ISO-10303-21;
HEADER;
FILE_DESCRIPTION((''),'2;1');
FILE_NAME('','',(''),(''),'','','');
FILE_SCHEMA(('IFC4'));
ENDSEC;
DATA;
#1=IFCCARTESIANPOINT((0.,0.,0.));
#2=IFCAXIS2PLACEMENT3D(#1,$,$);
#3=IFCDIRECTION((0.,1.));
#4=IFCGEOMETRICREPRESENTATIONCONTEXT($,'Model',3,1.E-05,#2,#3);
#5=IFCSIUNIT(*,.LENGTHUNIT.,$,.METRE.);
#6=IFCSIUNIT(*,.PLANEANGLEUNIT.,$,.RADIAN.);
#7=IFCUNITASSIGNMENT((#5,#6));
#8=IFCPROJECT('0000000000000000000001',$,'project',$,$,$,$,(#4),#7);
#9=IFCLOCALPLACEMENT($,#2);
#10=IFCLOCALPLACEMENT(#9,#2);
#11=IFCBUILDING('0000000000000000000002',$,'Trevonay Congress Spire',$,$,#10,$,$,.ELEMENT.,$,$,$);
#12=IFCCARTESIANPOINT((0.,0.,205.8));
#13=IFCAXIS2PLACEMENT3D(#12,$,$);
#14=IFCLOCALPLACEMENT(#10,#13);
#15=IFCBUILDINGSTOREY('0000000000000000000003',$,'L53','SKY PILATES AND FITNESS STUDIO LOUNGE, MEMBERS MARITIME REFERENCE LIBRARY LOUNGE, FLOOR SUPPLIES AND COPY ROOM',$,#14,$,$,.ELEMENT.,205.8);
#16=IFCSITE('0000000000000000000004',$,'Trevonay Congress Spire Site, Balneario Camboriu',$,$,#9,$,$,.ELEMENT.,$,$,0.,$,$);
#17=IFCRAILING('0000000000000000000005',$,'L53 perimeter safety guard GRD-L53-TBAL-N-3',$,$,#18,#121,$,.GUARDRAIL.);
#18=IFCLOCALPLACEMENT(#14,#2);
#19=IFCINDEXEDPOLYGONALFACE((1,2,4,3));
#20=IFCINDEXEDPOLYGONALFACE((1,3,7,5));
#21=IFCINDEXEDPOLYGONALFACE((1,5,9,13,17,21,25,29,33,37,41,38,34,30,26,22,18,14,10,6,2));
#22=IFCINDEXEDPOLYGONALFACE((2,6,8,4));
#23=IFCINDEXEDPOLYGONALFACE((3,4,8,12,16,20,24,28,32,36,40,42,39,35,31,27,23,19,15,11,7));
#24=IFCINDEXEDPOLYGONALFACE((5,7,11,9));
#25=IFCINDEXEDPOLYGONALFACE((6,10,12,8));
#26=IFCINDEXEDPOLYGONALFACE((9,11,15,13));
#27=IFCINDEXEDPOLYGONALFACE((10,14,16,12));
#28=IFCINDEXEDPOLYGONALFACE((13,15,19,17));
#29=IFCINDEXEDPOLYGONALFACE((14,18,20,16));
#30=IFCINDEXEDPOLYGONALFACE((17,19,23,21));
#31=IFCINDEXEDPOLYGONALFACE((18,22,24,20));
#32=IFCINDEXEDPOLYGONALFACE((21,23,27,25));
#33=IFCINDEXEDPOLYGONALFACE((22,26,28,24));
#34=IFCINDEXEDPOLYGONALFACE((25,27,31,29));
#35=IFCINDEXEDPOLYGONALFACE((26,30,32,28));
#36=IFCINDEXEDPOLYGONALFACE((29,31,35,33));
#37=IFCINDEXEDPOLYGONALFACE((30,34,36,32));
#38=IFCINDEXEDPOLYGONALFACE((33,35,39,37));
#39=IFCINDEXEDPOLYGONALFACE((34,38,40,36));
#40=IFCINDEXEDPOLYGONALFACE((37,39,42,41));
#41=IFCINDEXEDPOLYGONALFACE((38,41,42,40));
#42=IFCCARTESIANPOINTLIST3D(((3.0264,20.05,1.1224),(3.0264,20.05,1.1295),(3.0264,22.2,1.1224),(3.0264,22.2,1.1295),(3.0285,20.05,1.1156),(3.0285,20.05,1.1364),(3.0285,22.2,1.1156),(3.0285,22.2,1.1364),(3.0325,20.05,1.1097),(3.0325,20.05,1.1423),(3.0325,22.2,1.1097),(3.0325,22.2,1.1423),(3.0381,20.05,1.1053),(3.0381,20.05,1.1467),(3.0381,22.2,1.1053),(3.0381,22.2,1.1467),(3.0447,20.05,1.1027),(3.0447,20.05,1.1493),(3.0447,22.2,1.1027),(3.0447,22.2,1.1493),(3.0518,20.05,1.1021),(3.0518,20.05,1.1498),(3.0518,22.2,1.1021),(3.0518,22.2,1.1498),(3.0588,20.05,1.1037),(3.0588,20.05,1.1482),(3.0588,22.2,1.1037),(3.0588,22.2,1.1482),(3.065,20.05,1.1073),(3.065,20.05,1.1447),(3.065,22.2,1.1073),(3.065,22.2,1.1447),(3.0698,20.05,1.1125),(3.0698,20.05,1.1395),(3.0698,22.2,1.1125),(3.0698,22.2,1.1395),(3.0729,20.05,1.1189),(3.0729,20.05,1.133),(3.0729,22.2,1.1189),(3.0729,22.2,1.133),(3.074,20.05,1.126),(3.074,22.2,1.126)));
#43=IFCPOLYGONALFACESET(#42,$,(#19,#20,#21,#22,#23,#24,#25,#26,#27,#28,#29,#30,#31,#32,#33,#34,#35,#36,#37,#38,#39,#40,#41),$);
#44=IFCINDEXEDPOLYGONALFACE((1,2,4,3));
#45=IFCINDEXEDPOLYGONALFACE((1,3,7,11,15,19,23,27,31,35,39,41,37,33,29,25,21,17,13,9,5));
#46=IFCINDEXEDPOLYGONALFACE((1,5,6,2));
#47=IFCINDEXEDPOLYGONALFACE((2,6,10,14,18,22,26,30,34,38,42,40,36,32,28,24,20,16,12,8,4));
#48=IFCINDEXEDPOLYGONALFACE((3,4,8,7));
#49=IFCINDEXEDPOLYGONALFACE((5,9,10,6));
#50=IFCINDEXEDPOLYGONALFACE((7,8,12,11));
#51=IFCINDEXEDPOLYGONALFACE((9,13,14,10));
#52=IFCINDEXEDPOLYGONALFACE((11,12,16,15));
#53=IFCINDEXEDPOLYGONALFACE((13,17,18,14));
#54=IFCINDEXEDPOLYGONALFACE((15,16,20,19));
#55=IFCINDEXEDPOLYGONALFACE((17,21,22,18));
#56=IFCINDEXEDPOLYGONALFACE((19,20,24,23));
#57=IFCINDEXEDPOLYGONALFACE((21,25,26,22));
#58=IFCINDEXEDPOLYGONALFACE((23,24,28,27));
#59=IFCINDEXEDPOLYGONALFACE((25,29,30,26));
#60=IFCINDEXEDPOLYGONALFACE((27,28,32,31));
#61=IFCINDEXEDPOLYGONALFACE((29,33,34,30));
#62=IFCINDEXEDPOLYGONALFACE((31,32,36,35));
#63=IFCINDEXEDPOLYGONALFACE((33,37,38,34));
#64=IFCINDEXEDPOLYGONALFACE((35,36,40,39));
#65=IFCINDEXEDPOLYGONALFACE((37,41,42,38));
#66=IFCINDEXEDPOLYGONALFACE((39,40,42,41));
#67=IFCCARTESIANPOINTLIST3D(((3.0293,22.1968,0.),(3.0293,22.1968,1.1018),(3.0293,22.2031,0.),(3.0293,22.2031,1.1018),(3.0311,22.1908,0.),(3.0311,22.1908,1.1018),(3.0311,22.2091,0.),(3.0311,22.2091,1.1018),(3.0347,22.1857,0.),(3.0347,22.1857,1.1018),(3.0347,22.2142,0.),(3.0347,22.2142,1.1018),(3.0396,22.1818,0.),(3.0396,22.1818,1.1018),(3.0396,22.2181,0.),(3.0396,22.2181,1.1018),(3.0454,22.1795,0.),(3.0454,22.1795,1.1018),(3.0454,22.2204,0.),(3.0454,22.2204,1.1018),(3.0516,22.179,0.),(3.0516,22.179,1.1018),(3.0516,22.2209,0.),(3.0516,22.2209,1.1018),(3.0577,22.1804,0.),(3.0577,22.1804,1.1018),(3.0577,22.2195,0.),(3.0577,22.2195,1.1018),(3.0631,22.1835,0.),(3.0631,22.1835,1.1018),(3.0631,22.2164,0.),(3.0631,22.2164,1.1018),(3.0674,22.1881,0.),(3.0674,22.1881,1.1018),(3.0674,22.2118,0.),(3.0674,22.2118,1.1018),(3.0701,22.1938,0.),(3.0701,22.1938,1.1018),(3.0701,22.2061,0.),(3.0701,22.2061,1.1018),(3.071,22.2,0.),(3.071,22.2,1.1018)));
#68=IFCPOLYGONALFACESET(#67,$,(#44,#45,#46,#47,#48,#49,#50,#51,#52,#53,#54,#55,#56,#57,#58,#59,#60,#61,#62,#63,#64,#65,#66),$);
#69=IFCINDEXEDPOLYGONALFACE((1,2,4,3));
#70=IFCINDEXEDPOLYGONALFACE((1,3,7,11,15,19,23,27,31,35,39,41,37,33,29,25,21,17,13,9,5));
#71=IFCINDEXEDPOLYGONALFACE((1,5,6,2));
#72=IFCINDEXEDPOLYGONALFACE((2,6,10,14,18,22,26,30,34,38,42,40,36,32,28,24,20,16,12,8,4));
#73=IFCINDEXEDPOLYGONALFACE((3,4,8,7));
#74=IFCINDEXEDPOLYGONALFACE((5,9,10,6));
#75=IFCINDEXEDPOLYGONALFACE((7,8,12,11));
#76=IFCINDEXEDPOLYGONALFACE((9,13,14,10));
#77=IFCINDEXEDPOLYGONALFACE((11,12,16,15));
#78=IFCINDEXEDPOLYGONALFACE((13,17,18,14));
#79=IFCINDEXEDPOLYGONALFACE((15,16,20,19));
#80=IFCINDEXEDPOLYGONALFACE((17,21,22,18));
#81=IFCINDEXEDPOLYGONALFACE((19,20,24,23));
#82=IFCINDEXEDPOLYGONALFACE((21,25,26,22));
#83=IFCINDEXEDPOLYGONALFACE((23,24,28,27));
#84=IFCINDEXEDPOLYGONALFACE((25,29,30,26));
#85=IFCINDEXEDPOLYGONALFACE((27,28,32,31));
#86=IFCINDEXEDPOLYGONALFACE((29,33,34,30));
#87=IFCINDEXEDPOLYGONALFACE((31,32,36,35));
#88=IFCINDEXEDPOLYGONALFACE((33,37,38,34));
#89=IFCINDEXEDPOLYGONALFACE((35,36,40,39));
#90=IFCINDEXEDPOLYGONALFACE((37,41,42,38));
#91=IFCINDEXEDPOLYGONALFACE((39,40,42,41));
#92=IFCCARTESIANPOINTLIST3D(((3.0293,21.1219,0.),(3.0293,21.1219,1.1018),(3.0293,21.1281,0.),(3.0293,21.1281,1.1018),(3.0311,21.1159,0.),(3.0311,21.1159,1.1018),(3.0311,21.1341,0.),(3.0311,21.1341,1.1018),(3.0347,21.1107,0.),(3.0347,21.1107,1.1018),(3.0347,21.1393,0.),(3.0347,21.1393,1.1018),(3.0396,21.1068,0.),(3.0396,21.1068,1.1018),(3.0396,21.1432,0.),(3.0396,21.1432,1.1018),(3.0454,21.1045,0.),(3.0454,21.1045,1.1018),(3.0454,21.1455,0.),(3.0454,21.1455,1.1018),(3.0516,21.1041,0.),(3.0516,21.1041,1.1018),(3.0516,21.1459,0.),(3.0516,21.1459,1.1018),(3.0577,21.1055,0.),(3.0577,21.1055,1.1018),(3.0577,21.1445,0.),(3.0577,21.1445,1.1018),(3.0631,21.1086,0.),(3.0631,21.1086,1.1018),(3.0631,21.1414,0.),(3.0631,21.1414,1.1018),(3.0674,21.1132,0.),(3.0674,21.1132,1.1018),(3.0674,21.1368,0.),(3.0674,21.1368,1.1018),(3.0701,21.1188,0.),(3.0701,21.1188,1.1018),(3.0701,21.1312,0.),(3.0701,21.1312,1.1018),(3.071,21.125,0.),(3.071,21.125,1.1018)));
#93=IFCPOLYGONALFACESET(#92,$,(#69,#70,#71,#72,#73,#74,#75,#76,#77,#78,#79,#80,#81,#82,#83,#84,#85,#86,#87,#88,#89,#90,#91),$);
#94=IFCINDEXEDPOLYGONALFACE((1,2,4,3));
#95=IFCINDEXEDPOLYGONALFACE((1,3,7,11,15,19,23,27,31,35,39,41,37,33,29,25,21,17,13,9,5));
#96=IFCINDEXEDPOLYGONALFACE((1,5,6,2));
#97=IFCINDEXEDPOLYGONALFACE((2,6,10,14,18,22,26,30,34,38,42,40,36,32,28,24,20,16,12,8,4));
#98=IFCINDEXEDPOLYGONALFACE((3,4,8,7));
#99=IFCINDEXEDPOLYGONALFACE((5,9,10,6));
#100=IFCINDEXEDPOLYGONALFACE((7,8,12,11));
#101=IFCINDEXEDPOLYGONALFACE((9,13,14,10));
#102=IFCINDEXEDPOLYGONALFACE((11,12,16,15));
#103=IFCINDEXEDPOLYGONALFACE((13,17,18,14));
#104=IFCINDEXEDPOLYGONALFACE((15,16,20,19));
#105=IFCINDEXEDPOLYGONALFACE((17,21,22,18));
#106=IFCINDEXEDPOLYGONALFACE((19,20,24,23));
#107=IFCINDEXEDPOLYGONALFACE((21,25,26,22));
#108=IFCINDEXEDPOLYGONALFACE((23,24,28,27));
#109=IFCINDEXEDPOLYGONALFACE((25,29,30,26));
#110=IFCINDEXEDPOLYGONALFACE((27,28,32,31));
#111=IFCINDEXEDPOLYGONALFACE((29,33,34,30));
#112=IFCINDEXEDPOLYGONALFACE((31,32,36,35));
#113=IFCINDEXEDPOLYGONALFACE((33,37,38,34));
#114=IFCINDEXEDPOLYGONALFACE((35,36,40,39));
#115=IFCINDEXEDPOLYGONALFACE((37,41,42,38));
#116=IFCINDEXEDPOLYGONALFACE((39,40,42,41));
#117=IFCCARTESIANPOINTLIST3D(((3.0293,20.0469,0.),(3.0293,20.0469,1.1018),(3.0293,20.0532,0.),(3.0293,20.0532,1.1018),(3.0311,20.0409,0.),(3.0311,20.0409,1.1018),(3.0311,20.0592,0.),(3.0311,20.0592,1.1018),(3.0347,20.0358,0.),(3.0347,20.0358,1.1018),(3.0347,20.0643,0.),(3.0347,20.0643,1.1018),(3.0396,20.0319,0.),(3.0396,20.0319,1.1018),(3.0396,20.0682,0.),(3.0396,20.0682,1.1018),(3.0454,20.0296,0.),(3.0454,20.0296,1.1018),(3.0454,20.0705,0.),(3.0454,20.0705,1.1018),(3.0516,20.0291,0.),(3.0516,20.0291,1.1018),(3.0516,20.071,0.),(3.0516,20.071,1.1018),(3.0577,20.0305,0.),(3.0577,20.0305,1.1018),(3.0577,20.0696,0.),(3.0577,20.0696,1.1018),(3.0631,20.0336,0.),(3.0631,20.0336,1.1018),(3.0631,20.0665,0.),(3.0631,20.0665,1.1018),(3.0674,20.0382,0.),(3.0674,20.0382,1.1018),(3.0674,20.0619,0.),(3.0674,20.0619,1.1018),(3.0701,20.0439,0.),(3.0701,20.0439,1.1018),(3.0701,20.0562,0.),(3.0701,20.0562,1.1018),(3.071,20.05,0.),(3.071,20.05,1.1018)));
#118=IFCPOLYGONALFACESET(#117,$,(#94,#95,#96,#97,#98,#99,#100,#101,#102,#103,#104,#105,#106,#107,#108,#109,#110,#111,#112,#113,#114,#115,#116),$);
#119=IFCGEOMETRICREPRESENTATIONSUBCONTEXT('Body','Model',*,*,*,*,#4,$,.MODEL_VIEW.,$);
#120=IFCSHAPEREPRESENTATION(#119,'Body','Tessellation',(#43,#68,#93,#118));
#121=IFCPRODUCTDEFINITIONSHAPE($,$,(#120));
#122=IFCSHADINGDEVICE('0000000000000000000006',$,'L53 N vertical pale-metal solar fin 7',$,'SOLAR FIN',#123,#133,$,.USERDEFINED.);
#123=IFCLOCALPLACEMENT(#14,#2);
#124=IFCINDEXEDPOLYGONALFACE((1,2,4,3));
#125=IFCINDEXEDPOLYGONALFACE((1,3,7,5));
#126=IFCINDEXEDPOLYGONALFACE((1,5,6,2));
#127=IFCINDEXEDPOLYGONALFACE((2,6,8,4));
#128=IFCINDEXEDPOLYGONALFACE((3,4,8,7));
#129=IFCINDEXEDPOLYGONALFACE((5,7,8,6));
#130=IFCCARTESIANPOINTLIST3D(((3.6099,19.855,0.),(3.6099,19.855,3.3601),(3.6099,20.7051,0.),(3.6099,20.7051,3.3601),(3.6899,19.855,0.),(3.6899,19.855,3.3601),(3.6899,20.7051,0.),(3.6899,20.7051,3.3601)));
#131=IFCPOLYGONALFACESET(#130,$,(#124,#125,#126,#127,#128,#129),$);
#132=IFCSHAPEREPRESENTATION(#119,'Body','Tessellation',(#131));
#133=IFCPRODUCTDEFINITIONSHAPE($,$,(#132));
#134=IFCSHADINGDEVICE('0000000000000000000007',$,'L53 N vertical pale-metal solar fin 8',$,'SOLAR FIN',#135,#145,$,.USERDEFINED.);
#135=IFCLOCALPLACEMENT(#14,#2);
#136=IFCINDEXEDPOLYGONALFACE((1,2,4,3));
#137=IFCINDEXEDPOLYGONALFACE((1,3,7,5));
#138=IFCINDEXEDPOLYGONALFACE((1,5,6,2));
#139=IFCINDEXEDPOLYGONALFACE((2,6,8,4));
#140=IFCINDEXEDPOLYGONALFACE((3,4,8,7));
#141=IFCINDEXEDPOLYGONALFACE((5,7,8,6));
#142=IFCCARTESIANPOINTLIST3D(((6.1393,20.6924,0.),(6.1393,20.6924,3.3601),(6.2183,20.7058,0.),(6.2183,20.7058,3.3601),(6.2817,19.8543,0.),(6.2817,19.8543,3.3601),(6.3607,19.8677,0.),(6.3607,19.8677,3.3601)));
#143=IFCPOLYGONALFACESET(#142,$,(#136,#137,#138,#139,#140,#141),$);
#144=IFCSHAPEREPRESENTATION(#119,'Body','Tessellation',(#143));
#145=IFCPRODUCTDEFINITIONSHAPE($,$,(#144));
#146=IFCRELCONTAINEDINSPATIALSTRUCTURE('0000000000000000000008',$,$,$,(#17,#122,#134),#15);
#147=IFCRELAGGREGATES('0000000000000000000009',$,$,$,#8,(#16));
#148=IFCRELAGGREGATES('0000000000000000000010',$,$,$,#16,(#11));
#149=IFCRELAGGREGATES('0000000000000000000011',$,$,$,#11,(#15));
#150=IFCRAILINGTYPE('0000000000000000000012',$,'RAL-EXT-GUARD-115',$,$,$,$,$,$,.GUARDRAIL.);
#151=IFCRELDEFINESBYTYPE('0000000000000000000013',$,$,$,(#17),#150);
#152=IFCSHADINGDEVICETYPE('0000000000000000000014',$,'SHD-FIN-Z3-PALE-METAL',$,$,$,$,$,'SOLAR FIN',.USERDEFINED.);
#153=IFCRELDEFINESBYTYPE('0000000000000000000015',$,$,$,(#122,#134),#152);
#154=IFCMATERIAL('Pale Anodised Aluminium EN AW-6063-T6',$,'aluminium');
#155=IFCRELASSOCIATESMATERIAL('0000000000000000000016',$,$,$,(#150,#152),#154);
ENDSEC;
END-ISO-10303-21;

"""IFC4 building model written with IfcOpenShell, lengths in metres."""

from ifc_helpers import new_model, si_unit, direction, frame, origin, origin_2d, place, context, subcontext, project, spatial, rectangle, circle, extrude, material, type_object, element, save


model = new_model("IFC4")

# Units and contexts
model_context = context("Model", 3, precision=1e-05, world=origin(), true_north=direction((0.0, 1.0)))
body_context = subcontext(model_context, "Body", "Model", "MODEL_VIEW")
ifc_project = project(units=[si_unit("LENGTHUNIT", "METRE"), si_unit("PLANEANGLEUNIT", "RADIAN")], contexts=[model_context])

# Site, building, storey
site_placement = place(None, origin())
site = spatial("IfcSite", under=ifc_project, at=site_placement, Name="Trevonay Congress Spire Site, Balneario Camboriu", CompositionType="ELEMENT", RefElevation=0.0)
building_placement = place(site_placement, origin())
building = spatial("IfcBuilding", under=site, at=building_placement, Name="Trevonay Congress Spire", CompositionType="ELEMENT")
storey_placement = place(building_placement, frame((0.0, 0.0, 205.8)))
storey = spatial("IfcBuildingStorey", under=building, at=storey_placement, Name="L53", Description="SKY PILATES AND FITNESS STUDIO LOUNGE, MEMBERS MARITIME REFERENCE LIBRARY LOUNGE, FLOOR SUPPLIES AND COPY ROOM", CompositionType="ELEMENT", Elevation=205.8)

# Shared definitions
ifc_material_1 = material(Name="Pale Anodised Aluminium EN AW-6063-T6", Category="aluminium")

# Railing
railing_type = type_object("IfcRailingType", Name="RAL-EXT-GUARD-115", PredefinedType="GUARDRAIL", material=ifc_material_1)
railing_placement = place(storey_placement, frame((3.05, 22.2, 0.0)))
element("IfcRailing", 1, at=railing_placement, inside=storey, type_object=railing_type, Name="L53 perimeter safety guard GRD-L53-TBAL-N-3", PredefinedType="GUARDRAIL", context=body_context, shape_type="SweptSolid", body=[
    extrude(circle(Radius=0.0239, at=origin_2d()), frame((0.0, 0.0, 1.126), z_axis=(0.0, -1.0, 0.0), x_axis=(1.0, 0.0, 0.0)), (0.0, 0.0, 1.0), 2.1499),
    extrude(circle(Radius=0.021, at=origin_2d()), origin(), (0.0, 0.0, 1.0), 1.1018),
    extrude(circle(Radius=0.021, at=origin_2d()), frame((0.0, -1.075, 0.0)), (0.0, 0.0, 1.0), 1.1018),
    extrude(circle(Radius=0.021, at=origin_2d()), frame((0.0, -2.1499, 0.0)), (0.0, 0.0, 1.0), 1.1018),
])

# Shading devices
shading_device_type = type_object("IfcShadingDeviceType", Name="SHD-FIN-Z3-PALE-METAL", ElementType="SOLAR FIN", PredefinedType="USERDEFINED", material=ifc_material_1)
for number, where, z_axis, x_axis, name in (
    (2, (3.6499, 20.28, 0.0), (0.0, 0.0, 1.0), (1.0, 0.0, 0.0), "L53 N vertical pale-metal solar fin 7"),
    (3, (6.25, 20.28, 0.0), (0.0, 0.0, 1.0), (0.985879, 0.167457, 0.0), "L53 N vertical pale-metal solar fin 8"),
):
    element("IfcShadingDevice", number, at=place(storey_placement, frame(where, z_axis=z_axis, x_axis=x_axis)), inside=storey, type_object=shading_device_type, Name=name, ObjectType="SOLAR FIN", PredefinedType="USERDEFINED", context=body_context, shape_type="SweptSolid", body=[
        extrude(rectangle(XDim=0.0801, YDim=0.8501, at=origin_2d()), origin(), (0.0, 0.0, 1.0), 3.3601),
    ])

save(model, "model.ifc")
